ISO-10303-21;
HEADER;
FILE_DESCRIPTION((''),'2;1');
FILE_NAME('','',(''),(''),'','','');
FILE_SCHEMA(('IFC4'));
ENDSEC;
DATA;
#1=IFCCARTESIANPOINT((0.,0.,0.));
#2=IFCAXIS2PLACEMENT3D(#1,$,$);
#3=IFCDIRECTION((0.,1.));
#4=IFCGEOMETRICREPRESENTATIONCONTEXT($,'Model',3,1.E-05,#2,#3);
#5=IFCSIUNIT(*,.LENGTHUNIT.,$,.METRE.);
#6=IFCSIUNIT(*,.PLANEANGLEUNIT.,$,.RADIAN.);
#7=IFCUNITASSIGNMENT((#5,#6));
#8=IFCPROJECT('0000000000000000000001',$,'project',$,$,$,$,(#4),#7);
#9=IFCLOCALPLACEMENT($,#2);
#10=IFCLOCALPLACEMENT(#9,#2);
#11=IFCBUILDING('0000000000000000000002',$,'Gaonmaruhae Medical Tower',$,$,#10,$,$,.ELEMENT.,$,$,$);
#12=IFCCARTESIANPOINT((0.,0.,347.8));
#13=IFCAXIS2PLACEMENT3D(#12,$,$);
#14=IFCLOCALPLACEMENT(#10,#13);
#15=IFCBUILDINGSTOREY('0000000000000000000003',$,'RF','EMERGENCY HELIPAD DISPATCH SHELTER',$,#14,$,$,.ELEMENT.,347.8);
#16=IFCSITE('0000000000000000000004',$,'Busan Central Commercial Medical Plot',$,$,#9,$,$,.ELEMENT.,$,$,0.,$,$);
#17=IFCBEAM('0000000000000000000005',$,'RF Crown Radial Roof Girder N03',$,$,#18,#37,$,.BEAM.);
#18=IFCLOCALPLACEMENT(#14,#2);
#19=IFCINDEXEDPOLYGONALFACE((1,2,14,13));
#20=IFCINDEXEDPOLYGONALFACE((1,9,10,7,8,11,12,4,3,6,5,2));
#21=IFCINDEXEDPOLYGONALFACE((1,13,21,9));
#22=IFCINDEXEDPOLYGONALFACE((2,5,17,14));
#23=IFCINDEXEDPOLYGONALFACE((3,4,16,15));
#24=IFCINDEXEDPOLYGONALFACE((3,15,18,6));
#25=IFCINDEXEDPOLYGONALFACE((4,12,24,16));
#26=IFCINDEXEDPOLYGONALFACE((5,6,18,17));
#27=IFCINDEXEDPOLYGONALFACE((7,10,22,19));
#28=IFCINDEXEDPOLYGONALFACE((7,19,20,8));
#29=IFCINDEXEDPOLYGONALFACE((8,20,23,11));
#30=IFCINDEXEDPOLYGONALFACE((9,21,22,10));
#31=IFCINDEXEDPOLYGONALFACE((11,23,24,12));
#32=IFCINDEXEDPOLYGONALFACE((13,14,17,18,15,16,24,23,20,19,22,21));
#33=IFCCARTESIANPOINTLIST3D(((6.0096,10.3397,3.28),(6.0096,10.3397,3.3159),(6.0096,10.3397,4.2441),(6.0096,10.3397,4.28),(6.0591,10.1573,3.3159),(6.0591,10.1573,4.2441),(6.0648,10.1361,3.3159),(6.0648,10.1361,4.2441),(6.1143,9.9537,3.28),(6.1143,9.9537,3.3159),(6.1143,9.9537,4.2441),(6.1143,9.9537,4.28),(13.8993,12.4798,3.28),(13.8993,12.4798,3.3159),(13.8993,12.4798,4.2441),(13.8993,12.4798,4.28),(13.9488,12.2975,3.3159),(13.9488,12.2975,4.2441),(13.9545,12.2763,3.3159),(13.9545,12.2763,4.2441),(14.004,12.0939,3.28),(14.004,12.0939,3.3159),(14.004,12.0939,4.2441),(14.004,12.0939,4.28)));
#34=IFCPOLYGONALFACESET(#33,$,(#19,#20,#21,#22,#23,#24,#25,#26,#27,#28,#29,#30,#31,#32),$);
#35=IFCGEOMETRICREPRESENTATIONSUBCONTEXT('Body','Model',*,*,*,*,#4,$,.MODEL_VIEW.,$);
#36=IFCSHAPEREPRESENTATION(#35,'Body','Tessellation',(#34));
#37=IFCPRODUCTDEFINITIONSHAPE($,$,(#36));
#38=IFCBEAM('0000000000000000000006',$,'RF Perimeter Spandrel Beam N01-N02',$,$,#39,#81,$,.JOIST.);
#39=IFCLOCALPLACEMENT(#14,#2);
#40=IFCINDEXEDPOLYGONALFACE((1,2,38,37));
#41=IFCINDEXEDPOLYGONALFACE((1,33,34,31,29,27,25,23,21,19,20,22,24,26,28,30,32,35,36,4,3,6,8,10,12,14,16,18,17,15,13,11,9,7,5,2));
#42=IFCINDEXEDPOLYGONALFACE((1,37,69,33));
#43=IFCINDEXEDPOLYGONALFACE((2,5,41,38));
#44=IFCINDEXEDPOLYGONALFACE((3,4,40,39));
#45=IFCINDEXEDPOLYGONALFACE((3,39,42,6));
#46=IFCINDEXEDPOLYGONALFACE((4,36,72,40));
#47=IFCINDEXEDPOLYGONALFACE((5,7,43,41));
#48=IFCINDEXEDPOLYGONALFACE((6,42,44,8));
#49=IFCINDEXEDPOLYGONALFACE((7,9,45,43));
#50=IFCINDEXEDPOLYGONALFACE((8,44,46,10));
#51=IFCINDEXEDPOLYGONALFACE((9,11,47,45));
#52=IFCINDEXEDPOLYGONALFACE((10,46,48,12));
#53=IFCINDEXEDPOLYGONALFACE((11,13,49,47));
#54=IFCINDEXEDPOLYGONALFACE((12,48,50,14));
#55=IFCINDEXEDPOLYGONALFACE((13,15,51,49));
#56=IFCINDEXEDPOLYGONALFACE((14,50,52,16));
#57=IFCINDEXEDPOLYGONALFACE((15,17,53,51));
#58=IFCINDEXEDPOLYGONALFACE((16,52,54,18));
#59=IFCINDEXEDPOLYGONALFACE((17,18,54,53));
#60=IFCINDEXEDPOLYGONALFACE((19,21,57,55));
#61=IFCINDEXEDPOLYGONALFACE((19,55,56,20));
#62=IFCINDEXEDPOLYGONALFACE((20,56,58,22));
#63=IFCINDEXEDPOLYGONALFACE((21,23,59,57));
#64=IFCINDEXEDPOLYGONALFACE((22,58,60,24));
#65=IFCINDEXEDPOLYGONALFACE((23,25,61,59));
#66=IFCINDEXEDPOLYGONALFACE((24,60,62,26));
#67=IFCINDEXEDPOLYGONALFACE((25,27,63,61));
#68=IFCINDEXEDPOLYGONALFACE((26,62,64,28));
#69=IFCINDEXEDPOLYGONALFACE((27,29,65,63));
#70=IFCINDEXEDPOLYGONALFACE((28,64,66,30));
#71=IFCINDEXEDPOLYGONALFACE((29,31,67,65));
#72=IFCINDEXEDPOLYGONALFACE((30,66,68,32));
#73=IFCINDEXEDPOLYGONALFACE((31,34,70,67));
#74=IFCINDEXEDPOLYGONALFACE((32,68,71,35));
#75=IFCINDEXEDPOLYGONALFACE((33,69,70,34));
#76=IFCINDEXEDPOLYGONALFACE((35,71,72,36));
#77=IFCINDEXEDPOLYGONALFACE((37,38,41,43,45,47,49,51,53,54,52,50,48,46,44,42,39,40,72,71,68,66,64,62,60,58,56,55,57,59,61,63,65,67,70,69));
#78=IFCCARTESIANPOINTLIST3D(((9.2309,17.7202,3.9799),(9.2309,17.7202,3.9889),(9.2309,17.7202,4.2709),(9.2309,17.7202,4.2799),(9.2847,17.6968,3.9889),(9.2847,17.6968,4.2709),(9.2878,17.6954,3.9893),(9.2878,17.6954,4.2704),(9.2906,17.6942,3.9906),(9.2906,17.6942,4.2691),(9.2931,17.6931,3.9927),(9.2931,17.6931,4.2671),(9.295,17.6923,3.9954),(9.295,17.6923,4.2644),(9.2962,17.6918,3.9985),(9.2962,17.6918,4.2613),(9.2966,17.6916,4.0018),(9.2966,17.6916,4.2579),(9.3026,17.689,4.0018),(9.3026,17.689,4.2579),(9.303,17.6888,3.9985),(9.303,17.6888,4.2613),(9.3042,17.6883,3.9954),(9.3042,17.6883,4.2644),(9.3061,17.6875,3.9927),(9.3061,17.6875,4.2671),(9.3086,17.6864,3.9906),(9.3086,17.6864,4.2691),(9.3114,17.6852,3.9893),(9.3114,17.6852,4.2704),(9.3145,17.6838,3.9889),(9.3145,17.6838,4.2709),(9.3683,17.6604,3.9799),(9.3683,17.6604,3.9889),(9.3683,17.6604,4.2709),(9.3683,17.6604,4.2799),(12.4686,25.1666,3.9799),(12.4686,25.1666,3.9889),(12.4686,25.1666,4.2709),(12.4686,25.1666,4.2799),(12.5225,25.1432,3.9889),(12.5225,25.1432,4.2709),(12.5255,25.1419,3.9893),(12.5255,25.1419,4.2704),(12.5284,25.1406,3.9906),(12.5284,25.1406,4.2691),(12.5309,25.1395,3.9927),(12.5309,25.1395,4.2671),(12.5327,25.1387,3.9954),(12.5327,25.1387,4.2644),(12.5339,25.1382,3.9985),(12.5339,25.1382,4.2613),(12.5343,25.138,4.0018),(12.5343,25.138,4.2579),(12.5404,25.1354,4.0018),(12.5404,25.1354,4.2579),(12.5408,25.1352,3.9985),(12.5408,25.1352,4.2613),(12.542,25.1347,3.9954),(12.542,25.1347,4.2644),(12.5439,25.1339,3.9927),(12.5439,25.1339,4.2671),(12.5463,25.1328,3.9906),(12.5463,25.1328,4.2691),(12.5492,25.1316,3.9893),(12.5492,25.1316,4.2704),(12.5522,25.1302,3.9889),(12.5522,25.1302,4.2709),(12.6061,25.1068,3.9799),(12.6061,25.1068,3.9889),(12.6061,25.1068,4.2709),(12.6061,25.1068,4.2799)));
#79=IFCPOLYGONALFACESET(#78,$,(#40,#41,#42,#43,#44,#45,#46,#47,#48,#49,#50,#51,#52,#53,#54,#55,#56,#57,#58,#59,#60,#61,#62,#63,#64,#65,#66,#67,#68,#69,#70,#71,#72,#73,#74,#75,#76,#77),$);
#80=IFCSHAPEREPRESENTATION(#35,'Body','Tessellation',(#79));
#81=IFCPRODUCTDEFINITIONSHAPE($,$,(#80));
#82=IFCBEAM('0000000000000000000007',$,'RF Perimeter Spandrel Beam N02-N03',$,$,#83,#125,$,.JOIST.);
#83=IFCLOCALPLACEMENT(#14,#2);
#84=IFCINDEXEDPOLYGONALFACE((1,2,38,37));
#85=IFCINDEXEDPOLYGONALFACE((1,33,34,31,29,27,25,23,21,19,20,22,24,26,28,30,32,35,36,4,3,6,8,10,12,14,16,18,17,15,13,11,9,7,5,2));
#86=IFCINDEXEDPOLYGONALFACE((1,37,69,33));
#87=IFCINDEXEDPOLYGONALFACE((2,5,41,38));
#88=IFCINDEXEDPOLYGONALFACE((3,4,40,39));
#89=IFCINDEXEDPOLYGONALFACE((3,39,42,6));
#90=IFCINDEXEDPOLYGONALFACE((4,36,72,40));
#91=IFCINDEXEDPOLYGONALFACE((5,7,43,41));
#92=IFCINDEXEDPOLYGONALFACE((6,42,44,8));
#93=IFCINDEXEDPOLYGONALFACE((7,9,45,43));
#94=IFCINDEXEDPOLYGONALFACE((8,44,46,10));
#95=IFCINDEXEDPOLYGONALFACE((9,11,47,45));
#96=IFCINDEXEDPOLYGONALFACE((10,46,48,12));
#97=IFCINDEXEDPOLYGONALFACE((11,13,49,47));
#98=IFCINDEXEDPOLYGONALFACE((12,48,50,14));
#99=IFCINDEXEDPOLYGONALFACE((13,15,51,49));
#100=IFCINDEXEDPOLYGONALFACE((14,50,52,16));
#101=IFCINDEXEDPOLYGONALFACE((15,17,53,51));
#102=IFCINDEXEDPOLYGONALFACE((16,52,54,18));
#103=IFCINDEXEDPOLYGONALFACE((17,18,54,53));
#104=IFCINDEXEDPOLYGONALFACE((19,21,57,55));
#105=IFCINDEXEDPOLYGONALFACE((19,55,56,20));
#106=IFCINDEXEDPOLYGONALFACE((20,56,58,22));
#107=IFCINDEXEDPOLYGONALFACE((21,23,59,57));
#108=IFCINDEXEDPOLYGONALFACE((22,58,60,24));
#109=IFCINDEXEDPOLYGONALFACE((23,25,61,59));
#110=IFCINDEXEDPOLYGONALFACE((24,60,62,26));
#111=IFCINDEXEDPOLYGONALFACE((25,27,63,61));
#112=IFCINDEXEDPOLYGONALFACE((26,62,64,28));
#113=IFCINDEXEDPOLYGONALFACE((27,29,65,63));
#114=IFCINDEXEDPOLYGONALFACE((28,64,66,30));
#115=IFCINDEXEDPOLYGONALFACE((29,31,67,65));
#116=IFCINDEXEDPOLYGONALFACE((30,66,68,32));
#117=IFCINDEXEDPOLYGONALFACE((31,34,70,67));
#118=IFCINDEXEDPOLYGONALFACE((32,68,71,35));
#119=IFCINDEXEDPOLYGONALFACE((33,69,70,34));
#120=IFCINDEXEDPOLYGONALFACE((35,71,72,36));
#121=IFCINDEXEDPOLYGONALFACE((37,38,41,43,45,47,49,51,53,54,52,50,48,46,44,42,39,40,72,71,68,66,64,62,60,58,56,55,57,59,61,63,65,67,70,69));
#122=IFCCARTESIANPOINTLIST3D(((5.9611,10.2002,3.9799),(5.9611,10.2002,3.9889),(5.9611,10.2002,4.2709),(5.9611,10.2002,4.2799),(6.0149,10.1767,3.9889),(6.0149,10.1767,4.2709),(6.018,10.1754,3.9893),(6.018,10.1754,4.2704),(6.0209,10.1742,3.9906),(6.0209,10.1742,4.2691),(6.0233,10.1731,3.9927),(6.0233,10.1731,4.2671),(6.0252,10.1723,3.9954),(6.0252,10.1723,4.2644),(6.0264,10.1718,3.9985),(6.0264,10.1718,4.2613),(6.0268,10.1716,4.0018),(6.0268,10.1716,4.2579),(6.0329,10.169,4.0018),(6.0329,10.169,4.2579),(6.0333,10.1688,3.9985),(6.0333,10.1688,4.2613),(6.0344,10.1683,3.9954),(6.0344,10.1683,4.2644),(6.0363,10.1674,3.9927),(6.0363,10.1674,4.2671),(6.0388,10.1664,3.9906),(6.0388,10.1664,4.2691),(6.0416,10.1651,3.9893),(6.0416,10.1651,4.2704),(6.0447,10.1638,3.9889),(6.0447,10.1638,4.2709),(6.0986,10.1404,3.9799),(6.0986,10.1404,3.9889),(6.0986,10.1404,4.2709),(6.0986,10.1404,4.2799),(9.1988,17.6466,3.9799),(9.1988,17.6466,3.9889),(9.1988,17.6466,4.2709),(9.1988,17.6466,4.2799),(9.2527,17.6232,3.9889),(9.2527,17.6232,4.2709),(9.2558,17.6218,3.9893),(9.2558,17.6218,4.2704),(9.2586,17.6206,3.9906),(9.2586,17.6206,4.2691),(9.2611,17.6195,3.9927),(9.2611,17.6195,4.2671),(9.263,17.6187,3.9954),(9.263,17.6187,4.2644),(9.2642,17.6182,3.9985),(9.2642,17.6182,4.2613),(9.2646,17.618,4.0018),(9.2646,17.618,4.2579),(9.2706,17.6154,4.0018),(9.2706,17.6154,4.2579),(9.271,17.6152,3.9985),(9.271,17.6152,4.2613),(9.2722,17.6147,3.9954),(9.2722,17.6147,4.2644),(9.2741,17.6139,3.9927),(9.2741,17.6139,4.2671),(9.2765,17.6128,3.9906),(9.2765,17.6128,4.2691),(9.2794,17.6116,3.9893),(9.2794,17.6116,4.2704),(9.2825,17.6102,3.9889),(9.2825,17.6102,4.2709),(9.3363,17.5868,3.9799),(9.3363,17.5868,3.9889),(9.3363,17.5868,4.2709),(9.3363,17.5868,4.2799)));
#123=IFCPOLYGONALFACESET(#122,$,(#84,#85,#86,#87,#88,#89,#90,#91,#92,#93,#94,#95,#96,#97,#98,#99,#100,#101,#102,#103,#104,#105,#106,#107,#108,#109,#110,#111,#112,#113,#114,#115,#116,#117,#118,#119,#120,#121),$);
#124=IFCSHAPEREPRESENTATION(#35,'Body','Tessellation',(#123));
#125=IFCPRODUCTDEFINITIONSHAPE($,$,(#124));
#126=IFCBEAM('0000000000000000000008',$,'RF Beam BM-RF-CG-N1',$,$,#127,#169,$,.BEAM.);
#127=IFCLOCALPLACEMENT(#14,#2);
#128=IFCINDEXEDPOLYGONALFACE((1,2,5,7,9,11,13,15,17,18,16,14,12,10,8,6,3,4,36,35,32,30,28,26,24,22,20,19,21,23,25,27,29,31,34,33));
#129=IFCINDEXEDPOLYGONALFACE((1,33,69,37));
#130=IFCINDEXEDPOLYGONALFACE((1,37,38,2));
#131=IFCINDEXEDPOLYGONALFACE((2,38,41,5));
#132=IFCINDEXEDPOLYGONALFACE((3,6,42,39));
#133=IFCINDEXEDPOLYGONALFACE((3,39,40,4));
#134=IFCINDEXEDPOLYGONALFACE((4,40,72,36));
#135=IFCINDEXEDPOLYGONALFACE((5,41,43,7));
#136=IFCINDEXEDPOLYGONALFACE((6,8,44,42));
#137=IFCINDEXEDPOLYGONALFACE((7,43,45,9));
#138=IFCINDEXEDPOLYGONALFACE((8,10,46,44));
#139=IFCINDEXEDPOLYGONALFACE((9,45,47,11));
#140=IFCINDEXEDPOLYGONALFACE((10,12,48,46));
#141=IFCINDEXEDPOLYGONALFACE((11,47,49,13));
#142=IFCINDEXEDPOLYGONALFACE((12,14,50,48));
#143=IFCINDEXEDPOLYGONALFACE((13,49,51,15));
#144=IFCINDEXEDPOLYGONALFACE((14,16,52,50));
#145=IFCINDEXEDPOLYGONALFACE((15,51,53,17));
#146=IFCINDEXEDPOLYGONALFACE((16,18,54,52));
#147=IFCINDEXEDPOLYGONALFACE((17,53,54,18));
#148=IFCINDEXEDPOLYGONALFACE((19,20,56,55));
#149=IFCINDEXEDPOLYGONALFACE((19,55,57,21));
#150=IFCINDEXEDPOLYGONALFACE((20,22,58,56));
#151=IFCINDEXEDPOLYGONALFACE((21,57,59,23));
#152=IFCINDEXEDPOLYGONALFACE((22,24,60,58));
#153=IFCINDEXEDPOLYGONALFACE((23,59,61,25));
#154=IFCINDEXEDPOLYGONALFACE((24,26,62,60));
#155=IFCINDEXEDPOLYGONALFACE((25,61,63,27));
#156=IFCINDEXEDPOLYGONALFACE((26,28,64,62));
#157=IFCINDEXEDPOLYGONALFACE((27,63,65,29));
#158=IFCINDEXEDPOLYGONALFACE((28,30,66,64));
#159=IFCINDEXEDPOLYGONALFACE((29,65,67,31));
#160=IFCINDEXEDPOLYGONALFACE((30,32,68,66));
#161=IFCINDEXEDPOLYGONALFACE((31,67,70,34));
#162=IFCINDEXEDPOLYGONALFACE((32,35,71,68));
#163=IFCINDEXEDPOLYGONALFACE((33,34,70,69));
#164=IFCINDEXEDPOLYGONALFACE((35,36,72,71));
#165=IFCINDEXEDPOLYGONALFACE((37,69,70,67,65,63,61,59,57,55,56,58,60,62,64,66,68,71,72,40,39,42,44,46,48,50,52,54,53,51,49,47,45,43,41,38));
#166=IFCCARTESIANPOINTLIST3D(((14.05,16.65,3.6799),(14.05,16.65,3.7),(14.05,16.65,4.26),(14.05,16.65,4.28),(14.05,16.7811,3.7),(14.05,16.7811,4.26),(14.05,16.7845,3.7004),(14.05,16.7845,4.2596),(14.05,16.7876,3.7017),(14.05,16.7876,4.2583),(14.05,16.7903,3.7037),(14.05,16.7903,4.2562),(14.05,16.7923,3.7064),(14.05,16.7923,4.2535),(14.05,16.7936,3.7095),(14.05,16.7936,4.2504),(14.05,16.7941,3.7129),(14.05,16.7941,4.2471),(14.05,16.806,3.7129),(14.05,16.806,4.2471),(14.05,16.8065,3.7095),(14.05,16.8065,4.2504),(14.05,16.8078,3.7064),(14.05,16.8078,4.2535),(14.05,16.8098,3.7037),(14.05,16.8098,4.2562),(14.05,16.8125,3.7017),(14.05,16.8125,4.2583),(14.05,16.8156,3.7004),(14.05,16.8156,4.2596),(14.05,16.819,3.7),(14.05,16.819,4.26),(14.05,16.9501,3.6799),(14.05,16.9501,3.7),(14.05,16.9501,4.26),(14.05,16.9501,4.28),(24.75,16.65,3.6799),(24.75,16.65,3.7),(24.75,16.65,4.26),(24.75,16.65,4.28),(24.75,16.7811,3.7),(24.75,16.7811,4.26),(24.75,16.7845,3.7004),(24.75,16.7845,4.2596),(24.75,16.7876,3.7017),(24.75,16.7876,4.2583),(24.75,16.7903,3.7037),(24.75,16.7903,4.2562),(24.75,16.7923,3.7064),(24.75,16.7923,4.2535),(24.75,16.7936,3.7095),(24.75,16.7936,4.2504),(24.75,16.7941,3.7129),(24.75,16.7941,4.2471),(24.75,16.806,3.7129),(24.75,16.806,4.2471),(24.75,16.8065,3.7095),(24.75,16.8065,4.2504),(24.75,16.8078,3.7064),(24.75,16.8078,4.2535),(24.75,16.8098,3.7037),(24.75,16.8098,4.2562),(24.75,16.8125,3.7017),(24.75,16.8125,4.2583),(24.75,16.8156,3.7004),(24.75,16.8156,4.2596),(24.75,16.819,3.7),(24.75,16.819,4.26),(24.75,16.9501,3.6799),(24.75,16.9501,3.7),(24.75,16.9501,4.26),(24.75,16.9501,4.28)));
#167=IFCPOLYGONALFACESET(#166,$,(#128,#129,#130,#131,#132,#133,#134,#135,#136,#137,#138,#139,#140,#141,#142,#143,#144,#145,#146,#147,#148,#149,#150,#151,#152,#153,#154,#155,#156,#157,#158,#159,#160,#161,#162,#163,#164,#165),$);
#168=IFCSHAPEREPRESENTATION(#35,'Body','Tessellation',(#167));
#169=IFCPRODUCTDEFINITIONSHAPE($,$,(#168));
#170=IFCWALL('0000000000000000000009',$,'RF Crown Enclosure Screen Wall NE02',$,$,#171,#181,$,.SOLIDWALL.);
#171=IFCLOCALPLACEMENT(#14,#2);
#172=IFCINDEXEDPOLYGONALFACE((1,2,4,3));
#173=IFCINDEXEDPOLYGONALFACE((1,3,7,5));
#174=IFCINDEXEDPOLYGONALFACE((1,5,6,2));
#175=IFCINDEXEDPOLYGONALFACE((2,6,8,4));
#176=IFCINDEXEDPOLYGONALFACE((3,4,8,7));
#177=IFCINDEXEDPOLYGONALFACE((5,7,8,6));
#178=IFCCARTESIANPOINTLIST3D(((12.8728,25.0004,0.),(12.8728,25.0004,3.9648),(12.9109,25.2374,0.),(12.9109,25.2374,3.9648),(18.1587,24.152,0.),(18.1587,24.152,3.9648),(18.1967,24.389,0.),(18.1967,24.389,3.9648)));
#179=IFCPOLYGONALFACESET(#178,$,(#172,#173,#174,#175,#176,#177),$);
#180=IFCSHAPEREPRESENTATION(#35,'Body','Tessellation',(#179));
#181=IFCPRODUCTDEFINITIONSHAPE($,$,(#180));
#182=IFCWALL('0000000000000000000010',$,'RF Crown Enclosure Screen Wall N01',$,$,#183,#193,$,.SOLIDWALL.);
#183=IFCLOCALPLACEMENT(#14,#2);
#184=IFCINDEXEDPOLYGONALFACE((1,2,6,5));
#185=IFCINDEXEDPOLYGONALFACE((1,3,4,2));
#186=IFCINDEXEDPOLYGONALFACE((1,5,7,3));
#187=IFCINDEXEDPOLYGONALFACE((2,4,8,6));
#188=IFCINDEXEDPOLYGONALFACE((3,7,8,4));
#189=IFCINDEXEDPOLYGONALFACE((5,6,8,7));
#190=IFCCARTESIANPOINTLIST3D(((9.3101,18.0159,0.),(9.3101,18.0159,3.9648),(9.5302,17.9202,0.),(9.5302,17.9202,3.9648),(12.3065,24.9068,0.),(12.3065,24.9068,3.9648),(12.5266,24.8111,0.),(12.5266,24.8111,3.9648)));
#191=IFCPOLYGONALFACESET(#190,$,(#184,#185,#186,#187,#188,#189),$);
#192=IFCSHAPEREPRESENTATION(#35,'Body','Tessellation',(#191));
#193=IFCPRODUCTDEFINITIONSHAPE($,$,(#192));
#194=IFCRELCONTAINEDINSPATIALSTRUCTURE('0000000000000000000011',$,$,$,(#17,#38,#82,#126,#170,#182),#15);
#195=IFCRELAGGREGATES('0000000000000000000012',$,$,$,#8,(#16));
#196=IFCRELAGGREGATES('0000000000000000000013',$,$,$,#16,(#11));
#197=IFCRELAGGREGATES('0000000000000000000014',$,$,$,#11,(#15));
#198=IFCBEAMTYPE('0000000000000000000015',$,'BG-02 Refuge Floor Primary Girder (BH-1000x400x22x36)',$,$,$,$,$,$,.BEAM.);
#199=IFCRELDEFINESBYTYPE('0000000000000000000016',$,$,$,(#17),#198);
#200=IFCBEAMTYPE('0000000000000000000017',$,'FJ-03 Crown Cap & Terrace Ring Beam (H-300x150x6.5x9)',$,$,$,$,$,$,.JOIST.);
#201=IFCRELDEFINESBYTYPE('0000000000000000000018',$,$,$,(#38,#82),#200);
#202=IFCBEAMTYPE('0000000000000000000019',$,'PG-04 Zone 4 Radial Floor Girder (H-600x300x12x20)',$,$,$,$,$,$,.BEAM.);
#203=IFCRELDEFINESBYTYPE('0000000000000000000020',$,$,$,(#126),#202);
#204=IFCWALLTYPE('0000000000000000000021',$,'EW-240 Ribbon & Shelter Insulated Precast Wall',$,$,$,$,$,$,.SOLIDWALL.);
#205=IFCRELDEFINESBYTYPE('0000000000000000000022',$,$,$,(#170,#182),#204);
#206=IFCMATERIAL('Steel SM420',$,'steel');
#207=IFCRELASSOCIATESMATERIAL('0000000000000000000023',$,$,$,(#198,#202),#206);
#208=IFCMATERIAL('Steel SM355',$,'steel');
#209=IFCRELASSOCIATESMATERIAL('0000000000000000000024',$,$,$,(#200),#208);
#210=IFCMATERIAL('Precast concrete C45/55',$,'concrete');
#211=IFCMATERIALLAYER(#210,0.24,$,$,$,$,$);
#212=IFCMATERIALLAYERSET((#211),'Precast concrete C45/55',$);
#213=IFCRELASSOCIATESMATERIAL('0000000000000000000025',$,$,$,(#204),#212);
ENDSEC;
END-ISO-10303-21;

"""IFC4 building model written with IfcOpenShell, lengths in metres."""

from ifc_helpers import new_model, si_unit, direction, frame, frame_2d, origin, origin_2d, place, context, subcontext, project, spatial, rectangle, i_section, extrude, material, layer, layer_set, material_profile, profile_set, type_object, element, save


model = new_model("IFC4")

# Units and contexts
model_context = context("Model", 3, precision=1e-05, world=origin(), true_north=direction((0.0, 1.0)))
body_context = subcontext(model_context, "Body", "Model", "MODEL_VIEW")
ifc_project = project(units=[si_unit("LENGTHUNIT", "METRE"), si_unit("PLANEANGLEUNIT", "RADIAN")], contexts=[model_context])

# Site, building, storey
site_placement = place(None, origin())
site = spatial("IfcSite", under=ifc_project, at=site_placement, Name="Busan Central Commercial Medical Plot", CompositionType="ELEMENT", RefElevation=0.0)
building_placement = place(site_placement, origin())
building = spatial("IfcBuilding", under=site, at=building_placement, Name="Gaonmaruhae Medical Tower", CompositionType="ELEMENT")
storey_placement = place(building_placement, frame((0.0, 0.0, 347.8)))
storey = spatial("IfcBuildingStorey", under=building, at=storey_placement, Name="RF", Description="EMERGENCY HELIPAD DISPATCH SHELTER", CompositionType="ELEMENT", Elevation=347.8)

# Shared definitions
ifc_material_1 = material(Name="Steel SM420", Category="steel")

# Beams
ifc_material_profile_1 = material_profile(ifc_material_1, i_section(OverallWidth=0.3999, OverallDepth=1.0, WebThickness=0.022, FlangeThickness=0.0359, at=origin_2d()), Name="BH-1000x400x22x36")
ifc_profile_set_1 = profile_set([ifc_material_profile_1], Name="Steel SM420")
beam_type_1 = type_object("IfcBeamType", Name="BG-02 Refuge Floor Primary Girder (BH-1000x400x22x36)", PredefinedType="BEAM", material=ifc_profile_set_1)
beam_1_placement = place(storey_placement, frame((13.9517, 12.2869, 3.78), z_axis=(-0.965123, -0.261798, 0.0), x_axis=(0.261798, -0.965123, 0.0)))
element("IfcBeam", 1, at=beam_1_placement, inside=storey, type_object=beam_type_1, Name="RF Crown Radial Roof Girder N03", PredefinedType="BEAM", context=body_context, shape_type="SweptSolid", body=[
    extrude(i_section(OverallWidth=0.3999, OverallDepth=1.0, WebThickness=0.022, FlangeThickness=0.0359, at=origin_2d()), origin(), (0.0, 0.0, 1.0), 8.1748),
])
ifc_material_2 = material(Name="Steel SM355", Category="steel")
ifc_material_profile_2 = material_profile(ifc_material_2, i_section(OverallWidth=0.1499, OverallDepth=0.3, WebThickness=0.0066, FlangeThickness=0.009, FilletRadius=0.0129, at=origin_2d()), Name="H-300x150x6.5x9")
ifc_profile_set_2 = profile_set([ifc_material_profile_2], Name="Steel SM355")
beam_type_2 = type_object("IfcBeamType", Name="FJ-03 Crown Cap & Terrace Ring Beam (H-300x150x6.5x9)", PredefinedType="JOIST", material=ifc_profile_set_2)
for number, where, z_axis, x_axis, name in (
    (2, (12.5374, 25.1367, 4.1299), (-0.398744, -0.917062, 0.0), (0.917062, -0.398744, 0.0), "RF Perimeter Spandrel Beam N01-N02"),
    (3, (9.2676, 17.6167, 4.1299), (-0.398744, -0.917062, 0.0), (0.917062, -0.398744, 0.0), "RF Perimeter Spandrel Beam N02-N03"),
):
    element("IfcBeam", number, at=place(storey_placement, frame(where, z_axis=z_axis, x_axis=x_axis)), inside=storey, type_object=beam_type_2, Name=name, PredefinedType="JOIST", context=body_context, shape_type="SweptSolid", body=[
        extrude(i_section(OverallWidth=0.1499, OverallDepth=0.3, WebThickness=0.0066, FlangeThickness=0.009, FilletRadius=0.0129, at=origin_2d()), origin(), (0.0, 0.0, 1.0), 8.1199),
    ])
ifc_material_profile_3 = material_profile(ifc_material_1, i_section(OverallWidth=0.3, OverallDepth=0.6001, WebThickness=0.012, FlangeThickness=0.02, FilletRadius=0.0129, at=origin_2d()), Name="H-600x300x12x20")
ifc_profile_set_3 = profile_set([ifc_material_profile_3], Name="Steel SM420")
beam_type_3 = type_object("IfcBeamType", Name="PG-04 Zone 4 Radial Floor Girder (H-600x300x12x20)", PredefinedType="BEAM", material=ifc_profile_set_3)
beam_2_placement = place(storey_placement, frame((14.05, 16.8, 3.98), z_axis=(1.0, 0.0, 0.0), x_axis=(0.0, 1.0, 0.0)))
element("IfcBeam", 4, at=beam_2_placement, inside=storey, type_object=beam_type_3, Name="RF Beam BM-RF-CG-N1", PredefinedType="BEAM", context=body_context, shape_type="SweptSolid", body=[
    extrude(i_section(OverallWidth=0.3, OverallDepth=0.6001, WebThickness=0.012, FlangeThickness=0.02, FilletRadius=0.0129, at=origin_2d()), origin(), (0.0, 0.0, 1.0), 10.7),
])

# Walls
ifc_material_3 = material(Name="Precast concrete C45/55", Category="concrete")
ifc_layer_1 = layer(ifc_material_3, 0.24)
ifc_layer_set_1 = layer_set([ifc_layer_1], Name="Precast concrete C45/55")
wall_type_1 = type_object("IfcWallType", Name="EW-240 Ribbon & Shelter Insulated Precast Wall", PredefinedType="SOLIDWALL", material=ifc_layer_set_1)
wall_1_placement = place(storey_placement, frame((12.8918, 25.1189, 0.0), z_axis=(0.0, 0.0, 1.0), x_axis=(0.987363, -0.158472, 0.0)))
element("IfcWall", 5, at=wall_1_placement, inside=storey, type_object=wall_type_1, Name="RF Crown Enclosure Screen Wall NE02", PredefinedType="SOLIDWALL", context=body_context, shape_type="SweptSolid", body=[
    extrude(rectangle(XDim=5.3535, YDim=0.24, at=frame_2d((2.6768, 0.0))), origin(), (0.0, 0.0, 1.0), 3.9648),
])
wall_2_placement = place(storey_placement, frame((9.4202, 17.968, 0.0), z_axis=(0.0, 0.0, 1.0), x_axis=(0.398761, 0.917055, 0.0)))
element("IfcWall", 6, at=wall_2_placement, inside=storey, type_object=wall_type_1, Name="RF Crown Enclosure Screen Wall N01", PredefinedType="SOLIDWALL", context=body_context, shape_type="SweptSolid", body=[
    extrude(rectangle(XDim=7.5142, YDim=0.24, at=frame_2d((3.7571, 0.0))), origin(), (0.0, 0.0, 1.0), 3.9648),
])

save(model, "model.ifc")
